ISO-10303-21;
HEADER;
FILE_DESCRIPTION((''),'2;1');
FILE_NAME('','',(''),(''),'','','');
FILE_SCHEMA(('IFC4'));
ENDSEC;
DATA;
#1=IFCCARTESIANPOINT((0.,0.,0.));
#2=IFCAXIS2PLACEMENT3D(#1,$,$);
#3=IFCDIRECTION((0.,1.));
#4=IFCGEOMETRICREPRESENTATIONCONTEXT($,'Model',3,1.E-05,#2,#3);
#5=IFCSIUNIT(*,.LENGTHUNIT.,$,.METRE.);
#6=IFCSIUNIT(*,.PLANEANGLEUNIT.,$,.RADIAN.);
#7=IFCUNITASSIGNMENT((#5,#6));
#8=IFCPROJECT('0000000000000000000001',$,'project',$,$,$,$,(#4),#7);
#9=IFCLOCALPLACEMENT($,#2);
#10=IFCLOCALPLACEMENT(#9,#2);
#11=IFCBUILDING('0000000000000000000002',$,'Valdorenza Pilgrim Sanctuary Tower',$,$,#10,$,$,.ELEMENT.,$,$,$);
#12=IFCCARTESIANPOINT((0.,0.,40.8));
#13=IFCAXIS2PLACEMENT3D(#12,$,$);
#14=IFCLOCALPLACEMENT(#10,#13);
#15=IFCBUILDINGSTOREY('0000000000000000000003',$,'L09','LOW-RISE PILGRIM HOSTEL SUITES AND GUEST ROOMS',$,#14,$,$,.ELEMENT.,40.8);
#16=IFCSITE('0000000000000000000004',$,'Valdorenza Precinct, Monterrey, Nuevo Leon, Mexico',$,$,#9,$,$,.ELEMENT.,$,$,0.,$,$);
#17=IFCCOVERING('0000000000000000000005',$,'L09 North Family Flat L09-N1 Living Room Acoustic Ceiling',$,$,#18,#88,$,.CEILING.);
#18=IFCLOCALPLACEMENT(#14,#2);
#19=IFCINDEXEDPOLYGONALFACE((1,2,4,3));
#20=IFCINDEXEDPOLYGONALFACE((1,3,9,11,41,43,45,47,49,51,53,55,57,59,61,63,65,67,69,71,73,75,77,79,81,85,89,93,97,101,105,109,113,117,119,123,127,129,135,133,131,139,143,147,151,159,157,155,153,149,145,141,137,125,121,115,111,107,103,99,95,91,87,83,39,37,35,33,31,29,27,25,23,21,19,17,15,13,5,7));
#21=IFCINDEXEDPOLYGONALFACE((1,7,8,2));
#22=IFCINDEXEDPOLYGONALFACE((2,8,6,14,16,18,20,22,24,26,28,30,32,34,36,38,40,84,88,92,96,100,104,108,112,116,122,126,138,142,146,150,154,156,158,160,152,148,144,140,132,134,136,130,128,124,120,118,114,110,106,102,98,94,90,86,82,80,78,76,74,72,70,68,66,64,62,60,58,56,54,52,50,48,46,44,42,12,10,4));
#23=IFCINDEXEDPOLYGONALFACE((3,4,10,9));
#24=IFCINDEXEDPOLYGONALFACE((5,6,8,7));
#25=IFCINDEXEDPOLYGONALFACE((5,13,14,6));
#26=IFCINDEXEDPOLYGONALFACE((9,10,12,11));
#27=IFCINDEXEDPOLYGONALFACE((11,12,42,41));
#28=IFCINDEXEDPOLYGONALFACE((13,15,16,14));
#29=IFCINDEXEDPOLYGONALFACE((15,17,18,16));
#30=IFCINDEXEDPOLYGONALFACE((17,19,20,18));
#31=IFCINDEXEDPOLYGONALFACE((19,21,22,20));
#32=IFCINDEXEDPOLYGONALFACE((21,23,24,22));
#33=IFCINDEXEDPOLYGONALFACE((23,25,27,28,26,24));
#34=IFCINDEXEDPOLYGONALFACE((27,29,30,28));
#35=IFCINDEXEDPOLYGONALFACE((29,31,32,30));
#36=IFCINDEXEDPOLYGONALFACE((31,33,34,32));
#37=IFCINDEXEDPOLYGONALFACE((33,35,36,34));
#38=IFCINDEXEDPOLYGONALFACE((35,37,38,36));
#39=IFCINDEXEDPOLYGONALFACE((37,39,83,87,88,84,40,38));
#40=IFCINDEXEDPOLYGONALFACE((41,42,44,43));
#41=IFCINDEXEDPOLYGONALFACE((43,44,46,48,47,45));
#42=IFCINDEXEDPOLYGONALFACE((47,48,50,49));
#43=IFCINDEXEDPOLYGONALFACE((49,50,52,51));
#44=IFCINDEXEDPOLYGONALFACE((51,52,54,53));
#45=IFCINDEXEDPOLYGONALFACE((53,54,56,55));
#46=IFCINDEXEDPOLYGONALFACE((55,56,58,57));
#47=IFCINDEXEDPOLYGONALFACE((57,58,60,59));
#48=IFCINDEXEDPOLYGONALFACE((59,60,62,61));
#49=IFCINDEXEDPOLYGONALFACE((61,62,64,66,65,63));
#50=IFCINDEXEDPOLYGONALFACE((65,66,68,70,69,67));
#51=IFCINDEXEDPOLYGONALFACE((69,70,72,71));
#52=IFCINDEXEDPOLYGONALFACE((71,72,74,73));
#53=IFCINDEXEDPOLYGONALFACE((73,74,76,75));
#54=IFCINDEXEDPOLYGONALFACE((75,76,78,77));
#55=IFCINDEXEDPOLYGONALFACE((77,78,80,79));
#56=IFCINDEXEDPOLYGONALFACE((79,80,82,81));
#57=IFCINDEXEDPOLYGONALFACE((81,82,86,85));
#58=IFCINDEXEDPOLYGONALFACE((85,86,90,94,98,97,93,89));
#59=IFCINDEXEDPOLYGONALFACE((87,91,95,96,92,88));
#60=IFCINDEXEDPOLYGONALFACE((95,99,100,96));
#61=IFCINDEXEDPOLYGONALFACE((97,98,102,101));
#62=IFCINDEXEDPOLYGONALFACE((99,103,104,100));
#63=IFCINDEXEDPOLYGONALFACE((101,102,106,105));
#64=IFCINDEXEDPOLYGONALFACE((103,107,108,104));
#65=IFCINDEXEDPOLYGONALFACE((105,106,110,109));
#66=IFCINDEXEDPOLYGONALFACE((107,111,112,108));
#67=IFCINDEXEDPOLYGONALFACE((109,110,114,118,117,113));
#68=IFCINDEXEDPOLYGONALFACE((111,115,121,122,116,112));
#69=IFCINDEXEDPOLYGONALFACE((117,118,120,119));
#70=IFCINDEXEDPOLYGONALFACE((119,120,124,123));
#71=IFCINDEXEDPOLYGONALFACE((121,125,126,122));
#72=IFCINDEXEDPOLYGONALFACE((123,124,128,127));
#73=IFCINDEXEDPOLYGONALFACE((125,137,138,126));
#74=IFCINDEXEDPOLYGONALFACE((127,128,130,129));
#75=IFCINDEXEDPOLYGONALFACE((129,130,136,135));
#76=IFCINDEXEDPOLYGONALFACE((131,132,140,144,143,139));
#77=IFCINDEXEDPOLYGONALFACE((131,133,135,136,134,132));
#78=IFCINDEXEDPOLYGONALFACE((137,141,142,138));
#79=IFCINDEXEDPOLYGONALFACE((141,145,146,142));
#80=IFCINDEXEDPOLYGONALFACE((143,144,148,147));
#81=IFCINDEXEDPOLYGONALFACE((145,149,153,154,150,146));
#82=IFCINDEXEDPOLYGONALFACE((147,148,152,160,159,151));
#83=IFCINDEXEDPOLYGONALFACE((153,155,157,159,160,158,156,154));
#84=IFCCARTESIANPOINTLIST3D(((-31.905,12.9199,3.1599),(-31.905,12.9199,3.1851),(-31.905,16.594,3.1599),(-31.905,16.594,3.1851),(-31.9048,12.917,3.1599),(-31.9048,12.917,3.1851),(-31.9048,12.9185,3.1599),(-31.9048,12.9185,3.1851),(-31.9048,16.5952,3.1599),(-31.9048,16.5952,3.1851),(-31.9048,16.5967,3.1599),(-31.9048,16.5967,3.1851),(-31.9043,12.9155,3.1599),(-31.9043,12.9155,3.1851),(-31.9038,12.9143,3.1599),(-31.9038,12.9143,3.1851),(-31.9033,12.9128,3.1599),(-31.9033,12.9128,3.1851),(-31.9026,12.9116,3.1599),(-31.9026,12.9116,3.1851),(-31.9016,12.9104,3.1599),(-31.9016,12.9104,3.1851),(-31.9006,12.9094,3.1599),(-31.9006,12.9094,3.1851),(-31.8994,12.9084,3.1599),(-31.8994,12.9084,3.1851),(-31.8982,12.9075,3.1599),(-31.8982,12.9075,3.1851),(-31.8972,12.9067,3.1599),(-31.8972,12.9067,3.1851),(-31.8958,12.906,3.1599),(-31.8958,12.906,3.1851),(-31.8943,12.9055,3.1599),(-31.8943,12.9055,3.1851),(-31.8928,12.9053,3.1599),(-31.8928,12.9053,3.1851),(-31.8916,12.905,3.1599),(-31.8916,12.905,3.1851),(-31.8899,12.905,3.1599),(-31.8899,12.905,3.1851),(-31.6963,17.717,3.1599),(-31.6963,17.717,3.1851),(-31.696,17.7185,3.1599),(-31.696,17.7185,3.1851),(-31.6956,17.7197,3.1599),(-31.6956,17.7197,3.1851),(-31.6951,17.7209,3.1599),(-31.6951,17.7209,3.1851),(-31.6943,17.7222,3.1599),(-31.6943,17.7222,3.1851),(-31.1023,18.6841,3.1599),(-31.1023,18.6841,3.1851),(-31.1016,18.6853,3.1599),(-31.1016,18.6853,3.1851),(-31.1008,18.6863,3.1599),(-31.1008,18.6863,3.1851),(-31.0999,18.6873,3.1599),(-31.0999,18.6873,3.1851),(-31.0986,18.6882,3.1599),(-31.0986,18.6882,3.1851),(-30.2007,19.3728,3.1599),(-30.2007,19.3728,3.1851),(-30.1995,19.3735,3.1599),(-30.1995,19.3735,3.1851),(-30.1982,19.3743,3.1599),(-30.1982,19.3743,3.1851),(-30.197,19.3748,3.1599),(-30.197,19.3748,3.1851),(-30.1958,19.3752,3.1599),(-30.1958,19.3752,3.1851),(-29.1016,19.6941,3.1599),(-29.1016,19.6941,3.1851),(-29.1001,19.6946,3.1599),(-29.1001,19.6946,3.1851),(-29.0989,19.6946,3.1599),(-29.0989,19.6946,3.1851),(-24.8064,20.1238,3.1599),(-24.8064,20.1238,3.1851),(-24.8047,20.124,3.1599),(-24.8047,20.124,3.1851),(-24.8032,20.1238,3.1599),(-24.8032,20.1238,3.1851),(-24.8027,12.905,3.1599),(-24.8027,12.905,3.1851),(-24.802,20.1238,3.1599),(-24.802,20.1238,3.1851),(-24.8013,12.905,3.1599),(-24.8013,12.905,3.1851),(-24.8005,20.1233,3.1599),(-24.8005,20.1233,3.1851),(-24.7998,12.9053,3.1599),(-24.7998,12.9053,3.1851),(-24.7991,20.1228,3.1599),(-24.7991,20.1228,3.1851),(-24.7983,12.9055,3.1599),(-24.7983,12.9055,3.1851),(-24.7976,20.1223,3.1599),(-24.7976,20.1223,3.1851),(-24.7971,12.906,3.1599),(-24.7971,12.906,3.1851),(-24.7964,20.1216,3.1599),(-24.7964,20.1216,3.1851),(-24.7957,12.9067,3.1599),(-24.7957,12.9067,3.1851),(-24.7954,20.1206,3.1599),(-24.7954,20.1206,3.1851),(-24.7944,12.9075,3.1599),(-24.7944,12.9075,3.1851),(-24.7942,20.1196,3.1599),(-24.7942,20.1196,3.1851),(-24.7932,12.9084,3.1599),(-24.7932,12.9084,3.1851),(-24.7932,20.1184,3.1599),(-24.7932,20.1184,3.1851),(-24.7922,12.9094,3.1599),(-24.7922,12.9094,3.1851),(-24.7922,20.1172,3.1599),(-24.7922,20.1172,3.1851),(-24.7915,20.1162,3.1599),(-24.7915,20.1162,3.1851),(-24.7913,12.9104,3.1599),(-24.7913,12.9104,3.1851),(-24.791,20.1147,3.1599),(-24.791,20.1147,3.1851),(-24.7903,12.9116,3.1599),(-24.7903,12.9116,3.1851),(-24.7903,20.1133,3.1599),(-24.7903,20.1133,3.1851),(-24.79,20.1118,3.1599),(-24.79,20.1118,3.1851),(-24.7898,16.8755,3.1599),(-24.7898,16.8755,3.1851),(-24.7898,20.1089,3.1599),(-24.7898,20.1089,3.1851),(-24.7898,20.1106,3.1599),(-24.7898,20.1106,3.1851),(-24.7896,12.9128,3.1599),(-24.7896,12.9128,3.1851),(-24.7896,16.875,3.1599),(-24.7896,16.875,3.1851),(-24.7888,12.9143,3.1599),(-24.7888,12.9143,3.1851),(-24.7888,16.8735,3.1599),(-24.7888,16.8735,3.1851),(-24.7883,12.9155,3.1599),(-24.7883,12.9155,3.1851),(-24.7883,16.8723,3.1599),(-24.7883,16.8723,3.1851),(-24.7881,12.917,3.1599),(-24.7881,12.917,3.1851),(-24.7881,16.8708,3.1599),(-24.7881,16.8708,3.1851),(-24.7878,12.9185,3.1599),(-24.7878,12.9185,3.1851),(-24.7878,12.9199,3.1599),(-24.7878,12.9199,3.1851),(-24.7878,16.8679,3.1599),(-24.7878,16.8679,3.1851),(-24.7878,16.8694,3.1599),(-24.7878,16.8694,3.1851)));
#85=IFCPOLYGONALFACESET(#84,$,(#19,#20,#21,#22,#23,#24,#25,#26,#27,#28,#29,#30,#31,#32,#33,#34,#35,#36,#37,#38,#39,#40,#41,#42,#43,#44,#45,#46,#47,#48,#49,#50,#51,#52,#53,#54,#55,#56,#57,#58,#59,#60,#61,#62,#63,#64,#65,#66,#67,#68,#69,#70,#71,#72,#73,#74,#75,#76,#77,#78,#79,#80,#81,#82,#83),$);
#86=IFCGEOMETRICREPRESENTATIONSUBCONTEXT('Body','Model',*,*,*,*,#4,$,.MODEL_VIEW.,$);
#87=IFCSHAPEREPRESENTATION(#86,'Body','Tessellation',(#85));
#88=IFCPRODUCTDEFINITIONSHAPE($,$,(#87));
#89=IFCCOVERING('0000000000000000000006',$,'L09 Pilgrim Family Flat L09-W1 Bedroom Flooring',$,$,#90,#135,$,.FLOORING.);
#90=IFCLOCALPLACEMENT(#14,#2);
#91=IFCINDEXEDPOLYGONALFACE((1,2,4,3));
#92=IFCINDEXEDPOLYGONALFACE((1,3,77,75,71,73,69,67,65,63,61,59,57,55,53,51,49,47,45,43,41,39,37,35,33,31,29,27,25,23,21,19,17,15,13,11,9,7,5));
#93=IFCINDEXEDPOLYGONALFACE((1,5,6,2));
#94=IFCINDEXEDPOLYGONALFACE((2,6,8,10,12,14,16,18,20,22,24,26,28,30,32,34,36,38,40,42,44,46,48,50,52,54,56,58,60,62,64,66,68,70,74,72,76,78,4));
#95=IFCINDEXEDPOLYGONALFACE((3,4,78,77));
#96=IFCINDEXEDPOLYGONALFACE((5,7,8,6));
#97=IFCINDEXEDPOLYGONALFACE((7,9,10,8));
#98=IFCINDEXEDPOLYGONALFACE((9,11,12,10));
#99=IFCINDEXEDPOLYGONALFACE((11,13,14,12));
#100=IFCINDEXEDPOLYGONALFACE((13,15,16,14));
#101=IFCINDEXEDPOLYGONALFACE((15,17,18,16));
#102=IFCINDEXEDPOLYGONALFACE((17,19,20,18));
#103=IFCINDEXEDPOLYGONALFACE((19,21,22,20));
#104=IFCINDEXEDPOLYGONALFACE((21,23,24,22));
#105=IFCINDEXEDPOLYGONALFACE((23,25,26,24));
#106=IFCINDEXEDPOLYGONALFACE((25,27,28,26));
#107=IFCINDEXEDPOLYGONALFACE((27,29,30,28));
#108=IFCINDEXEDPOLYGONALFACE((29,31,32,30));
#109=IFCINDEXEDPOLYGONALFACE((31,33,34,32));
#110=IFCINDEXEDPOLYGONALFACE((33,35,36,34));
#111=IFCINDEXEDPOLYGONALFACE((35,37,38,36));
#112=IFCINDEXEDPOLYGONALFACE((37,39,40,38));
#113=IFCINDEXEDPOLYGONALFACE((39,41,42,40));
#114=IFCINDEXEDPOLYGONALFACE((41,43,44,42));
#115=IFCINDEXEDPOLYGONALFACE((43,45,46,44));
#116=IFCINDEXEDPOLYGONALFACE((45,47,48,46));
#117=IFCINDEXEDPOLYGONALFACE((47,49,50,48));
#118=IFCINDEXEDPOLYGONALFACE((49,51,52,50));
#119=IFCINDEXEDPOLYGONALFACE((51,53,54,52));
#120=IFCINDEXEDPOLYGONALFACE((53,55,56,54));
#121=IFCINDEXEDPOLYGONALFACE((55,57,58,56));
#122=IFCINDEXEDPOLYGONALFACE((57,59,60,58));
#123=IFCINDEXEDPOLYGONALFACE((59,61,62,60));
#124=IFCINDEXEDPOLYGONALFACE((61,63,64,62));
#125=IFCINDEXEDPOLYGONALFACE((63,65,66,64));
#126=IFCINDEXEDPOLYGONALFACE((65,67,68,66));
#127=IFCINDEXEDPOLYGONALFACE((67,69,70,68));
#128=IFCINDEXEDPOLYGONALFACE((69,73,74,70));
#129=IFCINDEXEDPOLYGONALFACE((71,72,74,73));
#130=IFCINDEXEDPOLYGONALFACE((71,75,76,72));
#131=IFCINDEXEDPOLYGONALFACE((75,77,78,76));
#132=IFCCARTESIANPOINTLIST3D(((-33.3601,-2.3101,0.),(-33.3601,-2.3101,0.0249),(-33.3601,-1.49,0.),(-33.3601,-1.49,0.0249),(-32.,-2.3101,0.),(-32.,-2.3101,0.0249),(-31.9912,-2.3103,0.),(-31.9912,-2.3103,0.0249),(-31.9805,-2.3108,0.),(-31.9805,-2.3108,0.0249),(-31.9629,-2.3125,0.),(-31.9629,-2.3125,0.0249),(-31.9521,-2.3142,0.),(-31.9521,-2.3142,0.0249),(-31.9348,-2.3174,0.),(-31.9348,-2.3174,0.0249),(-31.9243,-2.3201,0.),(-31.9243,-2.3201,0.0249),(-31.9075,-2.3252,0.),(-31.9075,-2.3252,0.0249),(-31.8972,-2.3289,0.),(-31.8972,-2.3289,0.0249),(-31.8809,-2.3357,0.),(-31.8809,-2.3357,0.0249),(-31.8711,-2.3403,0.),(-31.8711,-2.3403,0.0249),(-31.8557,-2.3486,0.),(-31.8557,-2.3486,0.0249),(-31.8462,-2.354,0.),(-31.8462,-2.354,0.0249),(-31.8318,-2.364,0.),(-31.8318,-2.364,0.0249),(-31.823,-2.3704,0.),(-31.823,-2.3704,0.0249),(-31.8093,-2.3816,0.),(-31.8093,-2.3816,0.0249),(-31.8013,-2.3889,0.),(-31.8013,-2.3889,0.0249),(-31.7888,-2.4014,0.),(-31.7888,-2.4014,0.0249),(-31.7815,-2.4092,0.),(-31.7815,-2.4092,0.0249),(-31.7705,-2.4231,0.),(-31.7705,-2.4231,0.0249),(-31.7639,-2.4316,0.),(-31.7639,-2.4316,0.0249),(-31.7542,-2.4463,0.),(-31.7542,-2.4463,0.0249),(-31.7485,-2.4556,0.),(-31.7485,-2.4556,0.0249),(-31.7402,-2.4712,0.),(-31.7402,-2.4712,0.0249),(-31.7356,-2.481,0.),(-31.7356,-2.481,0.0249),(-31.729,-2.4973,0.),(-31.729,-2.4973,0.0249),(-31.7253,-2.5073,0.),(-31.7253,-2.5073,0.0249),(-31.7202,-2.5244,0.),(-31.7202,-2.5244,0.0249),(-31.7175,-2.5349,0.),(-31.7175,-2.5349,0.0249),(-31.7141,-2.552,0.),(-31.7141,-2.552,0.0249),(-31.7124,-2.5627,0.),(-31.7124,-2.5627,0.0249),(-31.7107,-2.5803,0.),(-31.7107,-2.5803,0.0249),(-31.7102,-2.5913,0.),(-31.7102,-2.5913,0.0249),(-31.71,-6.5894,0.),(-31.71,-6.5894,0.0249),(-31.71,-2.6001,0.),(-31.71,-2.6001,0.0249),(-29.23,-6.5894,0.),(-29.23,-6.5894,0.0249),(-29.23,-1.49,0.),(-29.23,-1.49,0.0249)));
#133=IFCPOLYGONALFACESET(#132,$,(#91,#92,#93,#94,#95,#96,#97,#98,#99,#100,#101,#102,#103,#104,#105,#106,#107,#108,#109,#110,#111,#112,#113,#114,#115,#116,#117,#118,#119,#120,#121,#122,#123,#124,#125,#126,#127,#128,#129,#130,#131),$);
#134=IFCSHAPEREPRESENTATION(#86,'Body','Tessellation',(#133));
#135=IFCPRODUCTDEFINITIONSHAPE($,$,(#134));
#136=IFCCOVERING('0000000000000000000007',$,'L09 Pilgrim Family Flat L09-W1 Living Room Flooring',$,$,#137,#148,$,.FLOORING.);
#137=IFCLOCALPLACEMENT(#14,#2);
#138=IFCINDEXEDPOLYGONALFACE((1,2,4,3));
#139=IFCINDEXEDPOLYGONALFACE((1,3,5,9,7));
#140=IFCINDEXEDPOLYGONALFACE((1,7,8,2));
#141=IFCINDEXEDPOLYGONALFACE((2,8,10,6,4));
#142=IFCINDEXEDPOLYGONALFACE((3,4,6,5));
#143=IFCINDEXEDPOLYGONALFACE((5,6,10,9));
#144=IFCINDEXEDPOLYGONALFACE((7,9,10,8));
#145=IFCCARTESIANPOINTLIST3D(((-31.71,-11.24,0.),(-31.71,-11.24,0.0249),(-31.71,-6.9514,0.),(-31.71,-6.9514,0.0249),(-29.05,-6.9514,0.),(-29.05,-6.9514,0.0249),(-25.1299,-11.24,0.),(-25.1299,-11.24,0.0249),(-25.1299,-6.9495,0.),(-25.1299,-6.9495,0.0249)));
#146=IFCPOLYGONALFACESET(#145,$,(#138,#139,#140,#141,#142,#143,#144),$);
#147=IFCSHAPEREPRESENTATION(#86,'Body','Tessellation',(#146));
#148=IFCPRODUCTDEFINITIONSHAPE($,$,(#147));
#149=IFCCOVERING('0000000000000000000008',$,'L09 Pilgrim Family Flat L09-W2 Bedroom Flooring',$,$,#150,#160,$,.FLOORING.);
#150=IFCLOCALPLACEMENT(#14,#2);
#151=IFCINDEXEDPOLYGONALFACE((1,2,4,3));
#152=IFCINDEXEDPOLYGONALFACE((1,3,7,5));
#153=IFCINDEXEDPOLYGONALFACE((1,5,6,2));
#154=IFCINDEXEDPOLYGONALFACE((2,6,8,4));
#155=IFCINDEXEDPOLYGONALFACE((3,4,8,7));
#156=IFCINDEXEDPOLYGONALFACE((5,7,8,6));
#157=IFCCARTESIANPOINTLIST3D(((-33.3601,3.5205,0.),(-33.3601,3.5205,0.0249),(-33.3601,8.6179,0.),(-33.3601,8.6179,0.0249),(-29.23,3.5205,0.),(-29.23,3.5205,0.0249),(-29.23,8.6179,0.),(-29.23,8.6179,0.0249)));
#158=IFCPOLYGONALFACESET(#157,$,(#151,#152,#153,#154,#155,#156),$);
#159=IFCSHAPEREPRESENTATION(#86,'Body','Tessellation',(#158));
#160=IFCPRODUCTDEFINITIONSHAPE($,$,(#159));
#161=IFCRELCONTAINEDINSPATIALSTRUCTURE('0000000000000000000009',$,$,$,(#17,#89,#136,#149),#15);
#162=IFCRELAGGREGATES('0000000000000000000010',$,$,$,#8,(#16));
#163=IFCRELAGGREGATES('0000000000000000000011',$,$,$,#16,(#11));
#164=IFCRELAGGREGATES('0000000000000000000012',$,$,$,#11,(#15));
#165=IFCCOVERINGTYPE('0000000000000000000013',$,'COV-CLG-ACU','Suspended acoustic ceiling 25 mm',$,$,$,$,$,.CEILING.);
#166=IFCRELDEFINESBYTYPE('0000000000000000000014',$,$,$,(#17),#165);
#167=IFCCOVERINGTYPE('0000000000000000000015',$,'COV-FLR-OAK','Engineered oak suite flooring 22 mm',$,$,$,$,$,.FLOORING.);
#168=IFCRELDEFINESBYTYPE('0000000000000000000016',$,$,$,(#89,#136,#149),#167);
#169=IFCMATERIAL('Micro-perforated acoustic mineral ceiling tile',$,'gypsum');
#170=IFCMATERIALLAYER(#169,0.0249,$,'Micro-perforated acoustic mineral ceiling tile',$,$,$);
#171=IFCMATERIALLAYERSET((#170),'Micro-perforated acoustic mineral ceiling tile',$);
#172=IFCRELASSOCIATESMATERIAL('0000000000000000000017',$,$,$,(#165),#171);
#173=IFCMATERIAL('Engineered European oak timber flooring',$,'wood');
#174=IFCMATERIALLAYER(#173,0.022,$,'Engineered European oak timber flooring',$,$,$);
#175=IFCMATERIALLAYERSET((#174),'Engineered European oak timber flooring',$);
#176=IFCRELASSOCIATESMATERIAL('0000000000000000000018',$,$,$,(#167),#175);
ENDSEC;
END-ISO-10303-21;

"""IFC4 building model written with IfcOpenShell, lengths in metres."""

from ifc_helpers import new_model, si_unit, direction, frame, origin, place, context, subcontext, project, spatial, polyline, outline, extrude, material, layer, layer_set, type_object, element, save


model = new_model("IFC4")

# Units and contexts
model_context = context("Model", 3, precision=1e-05, world=origin(), true_north=direction((0.0, 1.0)))
body_context = subcontext(model_context, "Body", "Model", "MODEL_VIEW")
ifc_project = project(units=[si_unit("LENGTHUNIT", "METRE"), si_unit("PLANEANGLEUNIT", "RADIAN")], contexts=[model_context])

# Site, building, storey
site_placement = place(None, origin())
site = spatial("IfcSite", under=ifc_project, at=site_placement, Name="Valdorenza Precinct, Monterrey, Nuevo Leon, Mexico", CompositionType="ELEMENT", RefElevation=0.0)
building_placement = place(site_placement, origin())
building = spatial("IfcBuilding", under=site, at=building_placement, Name="Valdorenza Pilgrim Sanctuary Tower", CompositionType="ELEMENT")
storey_placement = place(building_placement, frame((0.0, 0.0, 40.8)))
storey = spatial("IfcBuildingStorey", under=building, at=storey_placement, Name="L09", Description="LOW-RISE PILGRIM HOSTEL SUITES AND GUEST ROOMS", CompositionType="ELEMENT", Elevation=40.8)

# Coverings
ifc_material_1 = material(Name="Micro-perforated acoustic mineral ceiling tile", Category="gypsum")
ifc_layer_1 = layer(ifc_material_1, 0.0249, Name="Micro-perforated acoustic mineral ceiling tile")
ifc_layer_set_1 = layer_set([ifc_layer_1], Name="Micro-perforated acoustic mineral ceiling tile")
covering_type_1 = type_object("IfcCoveringType", Name="COV-CLG-ACU", Description="Suspended acoustic ceiling 25 mm", PredefinedType="CEILING", material=ifc_layer_set_1)
covering_1_placement = place(storey_placement, frame((0.0, 0.0, 3.1599)))
element("IfcCovering", 1, at=covering_1_placement, inside=storey, type_object=covering_type_1, Name="L09 North Family Flat L09-N1 Living Room Acoustic Ceiling", PredefinedType="CEILING", context=body_context, shape_type="SweptSolid", body=[
    extrude(outline(polyline([(-31.8899, 12.905), (-31.8916, 12.905), (-31.8928, 12.9053), (-31.8943, 12.9055), (-31.8958, 12.906), (-31.8972, 12.9067), (-31.8982, 12.9075), (-31.8994, 12.9084), (-31.9006, 12.9094), (-31.9016, 12.9104), (-31.9026, 12.9116), (-31.9033, 12.9128), (-31.9038, 12.9143), (-31.9043, 12.9155), (-31.9048, 12.917), (-31.9048, 12.9185), (-31.905, 12.9199), (-31.905, 16.594), (-31.9048, 16.5952), (-31.9048, 16.5967), (-31.6963, 17.717), (-31.696, 17.7185), (-31.6956, 17.7197), (-31.6951, 17.7209), (-31.6943, 17.7222), (-31.1023, 18.6841), (-31.1016, 18.6853), (-31.1008, 18.6863), (-31.0999, 18.6873), (-31.0986, 18.6882), (-30.2007, 19.3728), (-30.1995, 19.3735), (-30.1982, 19.3743), (-30.197, 19.3748), (-30.1958, 19.3752), (-29.1016, 19.6941), (-29.1001, 19.6946), (-29.0989, 19.6946), (-24.8064, 20.1238), (-24.8047, 20.124), (-24.8032, 20.1238), (-24.802, 20.1238), (-24.8005, 20.1233), (-24.7991, 20.1228), (-24.7976, 20.1223), (-24.7964, 20.1216), (-24.7954, 20.1206), (-24.7942, 20.1196), (-24.7932, 20.1184), (-24.7922, 20.1172), (-24.7915, 20.1162), (-24.791, 20.1147), (-24.7903, 20.1133), (-24.79, 20.1118), (-24.7898, 20.1106), (-24.7898, 20.1089), (-24.7898, 16.8755), (-24.7896, 16.875), (-24.7888, 16.8735), (-24.7883, 16.8723), (-24.7881, 16.8708), (-24.7878, 16.8694), (-24.7878, 16.8679), (-24.7878, 12.9199), (-24.7878, 12.9185), (-24.7881, 12.917), (-24.7883, 12.9155), (-24.7888, 12.9143), (-24.7896, 12.9128), (-24.7903, 12.9116), (-24.7913, 12.9104), (-24.7922, 12.9094), (-24.7932, 12.9084), (-24.7944, 12.9075), (-24.7957, 12.9067), (-24.7971, 12.906), (-24.7983, 12.9055), (-24.7998, 12.9053), (-24.8013, 12.905), (-24.8027, 12.905), (-31.8899, 12.905)])), origin(), (0.0, 0.0, 1.0), 0.0251),
])
ifc_material_2 = material(Name="Engineered European oak timber flooring", Category="wood")
ifc_layer_2 = layer(ifc_material_2, 0.022, Name="Engineered European oak timber flooring")
ifc_layer_set_2 = layer_set([ifc_layer_2], Name="Engineered European oak timber flooring")
covering_type_2 = type_object("IfcCoveringType", Name="COV-FLR-OAK", Description="Engineered oak suite flooring 22 mm", PredefinedType="FLOORING", material=ifc_layer_set_2)
covering_2_placement = place(storey_placement, origin())
element("IfcCovering", 2, at=covering_2_placement, inside=storey, type_object=covering_type_2, Name="L09 Pilgrim Family Flat L09-W1 Bedroom Flooring", PredefinedType="FLOORING", context=body_context, shape_type="SweptSolid", body=[
    extrude(outline(polyline([(-29.23, -6.5894), (-31.71, -6.5894), (-31.71, -2.6001), (-31.7102, -2.5913), (-31.7107, -2.5803), (-31.7124, -2.5627), (-31.7141, -2.552), (-31.7175, -2.5349), (-31.7202, -2.5244), (-31.7253, -2.5073), (-31.729, -2.4973), (-31.7356, -2.481), (-31.7402, -2.4712), (-31.7485, -2.4556), (-31.7542, -2.4463), (-31.7639, -2.4316), (-31.7705, -2.4231), (-31.7815, -2.4092), (-31.7888, -2.4014), (-31.8013, -2.3889), (-31.8093, -2.3816), (-31.823, -2.3704), (-31.8318, -2.364), (-31.8462, -2.354), (-31.8557, -2.3486), (-31.8711, -2.3403), (-31.8809, -2.3357), (-31.8972, -2.3289), (-31.9075, -2.3252), (-31.9243, -2.3201), (-31.9348, -2.3174), (-31.9521, -2.3142), (-31.9629, -2.3125), (-31.9805, -2.3108), (-31.9912, -2.3103), (-32.0, -2.3101), (-33.3601, -2.3101), (-33.3601, -1.49), (-29.23, -1.49), (-29.23, -6.5894)])), origin(), (0.0, 0.0, 1.0), 0.0249),
])
covering_3_placement = place(storey_placement, origin())
element("IfcCovering", 3, at=covering_3_placement, inside=storey, type_object=covering_type_2, Name="L09 Pilgrim Family Flat L09-W1 Living Room Flooring", PredefinedType="FLOORING", context=body_context, shape_type="SweptSolid", body=[
    extrude(outline(polyline([(-25.1299, -11.24), (-31.71, -11.24), (-31.71, -6.9514), (-29.05, -6.9514), (-25.1299, -6.9495), (-25.1299, -11.24)])), origin(), (0.0, 0.0, 1.0), 0.0249),
])
covering_4_placement = place(storey_placement, origin())
element("IfcCovering", 4, at=covering_4_placement, inside=storey, type_object=covering_type_2, Name="L09 Pilgrim Family Flat L09-W2 Bedroom Flooring", PredefinedType="FLOORING", context=body_context, shape_type="SweptSolid", body=[
    extrude(outline(polyline([(-29.23, 3.5205), (-33.3601, 3.5205), (-33.3601, 8.6179), (-29.23, 8.6179), (-29.23, 3.5205)])), origin(), (0.0, 0.0, 1.0), 0.0249),
])

save(model, "model.ifc")
